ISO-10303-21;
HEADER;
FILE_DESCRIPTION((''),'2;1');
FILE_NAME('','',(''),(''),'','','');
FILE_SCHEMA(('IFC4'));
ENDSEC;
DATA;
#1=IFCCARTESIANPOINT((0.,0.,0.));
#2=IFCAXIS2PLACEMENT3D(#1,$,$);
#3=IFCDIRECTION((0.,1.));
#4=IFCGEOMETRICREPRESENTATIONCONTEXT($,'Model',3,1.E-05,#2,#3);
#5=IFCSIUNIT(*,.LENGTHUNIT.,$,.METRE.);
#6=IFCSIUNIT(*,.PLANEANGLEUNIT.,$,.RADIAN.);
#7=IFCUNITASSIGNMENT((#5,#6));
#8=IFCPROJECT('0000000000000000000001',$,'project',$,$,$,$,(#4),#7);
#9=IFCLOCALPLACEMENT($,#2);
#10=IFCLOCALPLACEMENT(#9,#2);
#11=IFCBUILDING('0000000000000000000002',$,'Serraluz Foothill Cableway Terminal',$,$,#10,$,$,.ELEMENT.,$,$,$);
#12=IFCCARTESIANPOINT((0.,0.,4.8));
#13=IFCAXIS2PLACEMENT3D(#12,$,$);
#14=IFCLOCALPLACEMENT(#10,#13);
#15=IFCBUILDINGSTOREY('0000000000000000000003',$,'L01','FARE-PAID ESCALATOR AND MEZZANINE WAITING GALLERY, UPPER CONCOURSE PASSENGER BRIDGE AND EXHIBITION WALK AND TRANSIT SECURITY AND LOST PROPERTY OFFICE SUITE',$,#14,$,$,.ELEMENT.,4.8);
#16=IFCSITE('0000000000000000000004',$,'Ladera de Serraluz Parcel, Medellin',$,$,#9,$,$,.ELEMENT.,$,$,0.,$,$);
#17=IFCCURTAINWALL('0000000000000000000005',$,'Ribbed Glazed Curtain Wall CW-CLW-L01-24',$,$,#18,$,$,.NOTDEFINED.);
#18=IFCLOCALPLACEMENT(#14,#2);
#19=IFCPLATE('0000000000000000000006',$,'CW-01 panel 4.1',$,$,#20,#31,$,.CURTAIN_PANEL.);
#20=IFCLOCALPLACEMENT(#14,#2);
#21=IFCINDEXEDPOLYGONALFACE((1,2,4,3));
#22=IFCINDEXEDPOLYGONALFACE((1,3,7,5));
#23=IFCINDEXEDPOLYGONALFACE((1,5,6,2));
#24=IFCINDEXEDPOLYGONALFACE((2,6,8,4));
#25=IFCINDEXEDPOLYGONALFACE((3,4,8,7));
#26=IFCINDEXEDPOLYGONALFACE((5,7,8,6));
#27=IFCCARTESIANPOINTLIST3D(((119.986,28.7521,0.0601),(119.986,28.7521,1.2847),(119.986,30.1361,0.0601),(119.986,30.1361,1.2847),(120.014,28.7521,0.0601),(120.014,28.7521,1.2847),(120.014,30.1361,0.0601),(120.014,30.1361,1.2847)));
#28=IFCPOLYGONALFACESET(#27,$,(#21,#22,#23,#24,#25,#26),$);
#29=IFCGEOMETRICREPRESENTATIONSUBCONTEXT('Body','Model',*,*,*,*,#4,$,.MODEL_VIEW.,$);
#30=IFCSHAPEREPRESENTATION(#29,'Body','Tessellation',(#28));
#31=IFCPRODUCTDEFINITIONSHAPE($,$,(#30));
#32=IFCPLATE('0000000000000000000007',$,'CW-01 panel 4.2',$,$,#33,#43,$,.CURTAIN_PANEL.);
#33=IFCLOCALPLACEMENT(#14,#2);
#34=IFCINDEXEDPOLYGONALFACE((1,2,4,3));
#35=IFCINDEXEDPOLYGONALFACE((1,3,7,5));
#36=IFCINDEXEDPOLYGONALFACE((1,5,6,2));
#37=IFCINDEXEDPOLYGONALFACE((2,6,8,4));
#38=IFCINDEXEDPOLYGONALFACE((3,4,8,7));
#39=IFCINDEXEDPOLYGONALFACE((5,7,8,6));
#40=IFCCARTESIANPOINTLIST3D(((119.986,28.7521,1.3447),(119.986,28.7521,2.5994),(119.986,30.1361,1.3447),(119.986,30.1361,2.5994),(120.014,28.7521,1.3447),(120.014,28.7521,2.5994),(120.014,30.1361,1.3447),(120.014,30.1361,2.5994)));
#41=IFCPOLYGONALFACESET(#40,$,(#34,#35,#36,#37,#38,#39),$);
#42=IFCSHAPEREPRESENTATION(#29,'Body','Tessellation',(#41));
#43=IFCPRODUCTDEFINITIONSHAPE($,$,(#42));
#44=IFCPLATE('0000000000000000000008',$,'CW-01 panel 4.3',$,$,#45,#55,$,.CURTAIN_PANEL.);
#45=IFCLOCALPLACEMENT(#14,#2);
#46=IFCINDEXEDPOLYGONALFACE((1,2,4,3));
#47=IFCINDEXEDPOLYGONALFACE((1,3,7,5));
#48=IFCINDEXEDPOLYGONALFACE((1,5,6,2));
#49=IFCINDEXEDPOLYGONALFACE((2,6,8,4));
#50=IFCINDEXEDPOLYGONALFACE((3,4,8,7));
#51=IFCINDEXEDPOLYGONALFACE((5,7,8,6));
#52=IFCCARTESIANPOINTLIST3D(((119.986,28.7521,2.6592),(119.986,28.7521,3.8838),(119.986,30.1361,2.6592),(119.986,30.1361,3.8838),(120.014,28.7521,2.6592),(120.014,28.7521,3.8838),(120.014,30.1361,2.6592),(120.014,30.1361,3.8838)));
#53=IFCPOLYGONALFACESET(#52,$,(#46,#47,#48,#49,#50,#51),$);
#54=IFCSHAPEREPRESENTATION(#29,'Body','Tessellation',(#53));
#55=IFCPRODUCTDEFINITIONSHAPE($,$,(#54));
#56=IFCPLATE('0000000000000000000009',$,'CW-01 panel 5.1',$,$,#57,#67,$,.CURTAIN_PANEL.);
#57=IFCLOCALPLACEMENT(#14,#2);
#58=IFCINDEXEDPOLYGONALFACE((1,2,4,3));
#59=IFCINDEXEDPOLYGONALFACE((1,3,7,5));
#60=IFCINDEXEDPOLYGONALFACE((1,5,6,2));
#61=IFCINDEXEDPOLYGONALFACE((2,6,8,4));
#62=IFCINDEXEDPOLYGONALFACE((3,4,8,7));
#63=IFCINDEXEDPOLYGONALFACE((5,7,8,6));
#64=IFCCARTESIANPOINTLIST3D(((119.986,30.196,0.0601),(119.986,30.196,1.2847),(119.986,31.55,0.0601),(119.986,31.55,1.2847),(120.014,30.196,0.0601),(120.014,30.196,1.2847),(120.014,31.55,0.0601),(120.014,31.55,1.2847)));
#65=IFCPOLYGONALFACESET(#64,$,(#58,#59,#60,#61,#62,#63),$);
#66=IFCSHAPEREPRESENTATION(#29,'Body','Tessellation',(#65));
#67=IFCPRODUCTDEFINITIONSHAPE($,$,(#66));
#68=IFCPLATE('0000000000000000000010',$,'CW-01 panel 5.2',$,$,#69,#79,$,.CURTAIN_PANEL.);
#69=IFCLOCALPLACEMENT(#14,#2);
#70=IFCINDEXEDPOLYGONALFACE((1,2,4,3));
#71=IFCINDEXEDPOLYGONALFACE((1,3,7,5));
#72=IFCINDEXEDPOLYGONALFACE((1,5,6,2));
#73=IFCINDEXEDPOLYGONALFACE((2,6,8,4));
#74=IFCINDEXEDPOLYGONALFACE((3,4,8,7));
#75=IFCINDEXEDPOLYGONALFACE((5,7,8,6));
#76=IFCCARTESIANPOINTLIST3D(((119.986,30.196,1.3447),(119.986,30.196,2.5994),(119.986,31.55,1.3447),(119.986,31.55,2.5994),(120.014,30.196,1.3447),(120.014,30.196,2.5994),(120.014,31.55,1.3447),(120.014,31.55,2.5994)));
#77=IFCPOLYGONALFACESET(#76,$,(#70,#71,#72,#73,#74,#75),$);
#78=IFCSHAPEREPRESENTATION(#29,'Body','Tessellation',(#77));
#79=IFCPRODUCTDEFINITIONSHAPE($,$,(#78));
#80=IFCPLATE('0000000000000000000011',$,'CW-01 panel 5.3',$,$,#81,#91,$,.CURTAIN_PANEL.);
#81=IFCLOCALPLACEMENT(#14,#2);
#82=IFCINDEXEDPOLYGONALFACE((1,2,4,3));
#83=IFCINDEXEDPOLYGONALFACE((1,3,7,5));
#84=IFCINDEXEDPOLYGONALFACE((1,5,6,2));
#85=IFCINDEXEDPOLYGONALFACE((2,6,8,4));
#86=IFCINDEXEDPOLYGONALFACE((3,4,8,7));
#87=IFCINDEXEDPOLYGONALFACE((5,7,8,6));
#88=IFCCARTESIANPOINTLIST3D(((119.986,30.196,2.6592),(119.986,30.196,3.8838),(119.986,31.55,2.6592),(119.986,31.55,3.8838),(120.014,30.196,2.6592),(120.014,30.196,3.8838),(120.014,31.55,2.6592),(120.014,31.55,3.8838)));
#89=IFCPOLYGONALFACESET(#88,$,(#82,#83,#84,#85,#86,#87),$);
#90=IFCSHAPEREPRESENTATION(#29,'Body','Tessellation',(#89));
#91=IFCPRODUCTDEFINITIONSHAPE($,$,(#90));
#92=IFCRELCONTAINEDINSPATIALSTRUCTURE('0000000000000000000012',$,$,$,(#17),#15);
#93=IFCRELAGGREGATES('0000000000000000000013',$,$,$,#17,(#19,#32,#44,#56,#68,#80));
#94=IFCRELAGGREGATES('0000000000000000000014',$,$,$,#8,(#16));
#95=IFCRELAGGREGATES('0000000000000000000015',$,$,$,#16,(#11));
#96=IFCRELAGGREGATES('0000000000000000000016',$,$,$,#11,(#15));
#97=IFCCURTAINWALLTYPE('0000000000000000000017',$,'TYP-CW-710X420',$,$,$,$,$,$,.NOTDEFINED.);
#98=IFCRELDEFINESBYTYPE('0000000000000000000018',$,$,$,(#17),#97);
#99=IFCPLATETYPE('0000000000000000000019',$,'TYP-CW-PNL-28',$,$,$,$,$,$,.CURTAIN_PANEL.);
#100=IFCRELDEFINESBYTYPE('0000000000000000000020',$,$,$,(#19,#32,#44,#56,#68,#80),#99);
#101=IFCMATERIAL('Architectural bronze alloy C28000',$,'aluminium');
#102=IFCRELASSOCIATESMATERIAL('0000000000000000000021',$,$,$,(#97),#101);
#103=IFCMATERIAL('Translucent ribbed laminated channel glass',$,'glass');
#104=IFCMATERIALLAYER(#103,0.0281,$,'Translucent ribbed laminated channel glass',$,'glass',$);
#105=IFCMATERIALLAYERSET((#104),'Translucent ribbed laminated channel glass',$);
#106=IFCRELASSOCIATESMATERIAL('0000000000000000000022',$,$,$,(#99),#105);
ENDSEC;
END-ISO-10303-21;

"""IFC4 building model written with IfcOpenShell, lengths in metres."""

from ifc_helpers import new_model, si_unit, direction, frame, origin, origin_2d, place, context, subcontext, project, spatial, rectangle, extrude, material, layer, layer_set, type_object, element, aggregate, save


model = new_model("IFC4")

# Units and contexts
model_context = context("Model", 3, precision=1e-05, world=origin(), true_north=direction((0.0, 1.0)))
body_context = subcontext(model_context, "Body", "Model", "MODEL_VIEW")
ifc_project = project(units=[si_unit("LENGTHUNIT", "METRE"), si_unit("PLANEANGLEUNIT", "RADIAN")], contexts=[model_context])

# Site, building, storey
site_placement = place(None, origin())
site = spatial("IfcSite", under=ifc_project, at=site_placement, Name="Ladera de Serraluz Parcel, Medellin", CompositionType="ELEMENT", RefElevation=0.0)
building_placement = place(site_placement, origin())
building = spatial("IfcBuilding", under=site, at=building_placement, Name="Serraluz Foothill Cableway Terminal", CompositionType="ELEMENT")
storey_placement = place(building_placement, frame((0.0, 0.0, 4.8)))
storey = spatial("IfcBuildingStorey", under=building, at=storey_placement, Name="L01", Description="FARE-PAID ESCALATOR AND MEZZANINE WAITING GALLERY, UPPER CONCOURSE PASSENGER BRIDGE AND EXHIBITION WALK AND TRANSIT SECURITY AND LOST PROPERTY OFFICE SUITE", CompositionType="ELEMENT", Elevation=4.8)

# Curtain wall
ifc_material_1 = material(Name="Architectural bronze alloy C28000", Category="aluminium")
curtain_wall_type = type_object("IfcCurtainWallType", Name="TYP-CW-710X420", PredefinedType="NOTDEFINED", material=ifc_material_1)
curtain_wall_1_placement = place(storey_placement, origin())
curtain_wall_1 = element("IfcCurtainWall", 1, at=curtain_wall_1_placement, inside=storey, type_object=curtain_wall_type, Name="Ribbed Glazed Curtain Wall CW-CLW-L01-24", PredefinedType="NOTDEFINED")

# Plates
ifc_material_2 = material(Name="Translucent ribbed laminated channel glass", Category="glass")
ifc_layer = layer(ifc_material_2, 0.0281, Name="Translucent ribbed laminated channel glass", Category="glass")
ifc_layer_set = layer_set([ifc_layer], Name="Translucent ribbed laminated channel glass")
plate_type = type_object("IfcPlateType", Name="TYP-CW-PNL-28", PredefinedType="CURTAIN_PANEL", material=ifc_layer_set)
plate_1_placement = place(storey_placement, frame((120.0, 29.4441, 0.0601), z_axis=(0.0, 0.0, 1.0), x_axis=(0.0, 1.0, 0.0)))
plate_1 = element("IfcPlate", 2, at=plate_1_placement, type_object=plate_type, Name="CW-01 panel 4.1", PredefinedType="CURTAIN_PANEL", context=body_context, shape_type="SweptSolid", body=[
    extrude(rectangle(XDim=1.384, YDim=0.0281, at=origin_2d()), origin(), (0.0, 0.0, 1.0), 1.2246),
])
plate_2_placement = place(storey_placement, frame((120.0, 29.4441, 1.3447), z_axis=(0.0, 0.0, 1.0), x_axis=(0.0, 1.0, 0.0)))
plate_2 = element("IfcPlate", 3, at=plate_2_placement, type_object=plate_type, Name="CW-01 panel 4.2", PredefinedType="CURTAIN_PANEL", context=body_context, shape_type="SweptSolid", body=[
    extrude(rectangle(XDim=1.384, YDim=0.0281, at=origin_2d()), origin(), (0.0, 0.0, 1.0), 1.2546),
])
plate_3_placement = place(storey_placement, frame((120.0, 29.4441, 2.6592), z_axis=(0.0, 0.0, 1.0), x_axis=(0.0, 1.0, 0.0)))
plate_3 = element("IfcPlate", 4, at=plate_3_placement, type_object=plate_type, Name="CW-01 panel 4.3", PredefinedType="CURTAIN_PANEL", context=body_context, shape_type="SweptSolid", body=[
    extrude(rectangle(XDim=1.384, YDim=0.0281, at=origin_2d()), origin(), (0.0, 0.0, 1.0), 1.2246),
])
plate_4_placement = place(storey_placement, frame((120.0, 30.873, 0.0601), z_axis=(0.0, 0.0, 1.0), x_axis=(0.0, 1.0, 0.0)))
plate_4 = element("IfcPlate", 5, at=plate_4_placement, type_object=plate_type, Name="CW-01 panel 5.1", PredefinedType="CURTAIN_PANEL", context=body_context, shape_type="SweptSolid", body=[
    extrude(rectangle(XDim=1.354, YDim=0.0281, at=origin_2d()), origin(), (0.0, 0.0, 1.0), 1.2246),
])
plate_5_placement = place(storey_placement, frame((120.0, 30.873, 1.3447), z_axis=(0.0, 0.0, 1.0), x_axis=(0.0, 1.0, 0.0)))
plate_5 = element("IfcPlate", 6, at=plate_5_placement, type_object=plate_type, Name="CW-01 panel 5.2", PredefinedType="CURTAIN_PANEL", context=body_context, shape_type="SweptSolid", body=[
    extrude(rectangle(XDim=1.354, YDim=0.0281, at=origin_2d()), origin(), (0.0, 0.0, 1.0), 1.2546),
])
plate_6_placement = place(storey_placement, frame((120.0, 30.873, 2.6592), z_axis=(0.0, 0.0, 1.0), x_axis=(0.0, 1.0, 0.0)))
plate_6 = element("IfcPlate", 7, at=plate_6_placement, type_object=plate_type, Name="CW-01 panel 5.3", PredefinedType="CURTAIN_PANEL", context=body_context, shape_type="SweptSolid", body=[
    extrude(rectangle(XDim=1.354, YDim=0.0281, at=origin_2d()), origin(), (0.0, 0.0, 1.0), 1.2246),
])
aggregate(curtain_wall_1, [plate_1, plate_2, plate_3, plate_4, plate_5, plate_6])

save(model, "model.ifc")
